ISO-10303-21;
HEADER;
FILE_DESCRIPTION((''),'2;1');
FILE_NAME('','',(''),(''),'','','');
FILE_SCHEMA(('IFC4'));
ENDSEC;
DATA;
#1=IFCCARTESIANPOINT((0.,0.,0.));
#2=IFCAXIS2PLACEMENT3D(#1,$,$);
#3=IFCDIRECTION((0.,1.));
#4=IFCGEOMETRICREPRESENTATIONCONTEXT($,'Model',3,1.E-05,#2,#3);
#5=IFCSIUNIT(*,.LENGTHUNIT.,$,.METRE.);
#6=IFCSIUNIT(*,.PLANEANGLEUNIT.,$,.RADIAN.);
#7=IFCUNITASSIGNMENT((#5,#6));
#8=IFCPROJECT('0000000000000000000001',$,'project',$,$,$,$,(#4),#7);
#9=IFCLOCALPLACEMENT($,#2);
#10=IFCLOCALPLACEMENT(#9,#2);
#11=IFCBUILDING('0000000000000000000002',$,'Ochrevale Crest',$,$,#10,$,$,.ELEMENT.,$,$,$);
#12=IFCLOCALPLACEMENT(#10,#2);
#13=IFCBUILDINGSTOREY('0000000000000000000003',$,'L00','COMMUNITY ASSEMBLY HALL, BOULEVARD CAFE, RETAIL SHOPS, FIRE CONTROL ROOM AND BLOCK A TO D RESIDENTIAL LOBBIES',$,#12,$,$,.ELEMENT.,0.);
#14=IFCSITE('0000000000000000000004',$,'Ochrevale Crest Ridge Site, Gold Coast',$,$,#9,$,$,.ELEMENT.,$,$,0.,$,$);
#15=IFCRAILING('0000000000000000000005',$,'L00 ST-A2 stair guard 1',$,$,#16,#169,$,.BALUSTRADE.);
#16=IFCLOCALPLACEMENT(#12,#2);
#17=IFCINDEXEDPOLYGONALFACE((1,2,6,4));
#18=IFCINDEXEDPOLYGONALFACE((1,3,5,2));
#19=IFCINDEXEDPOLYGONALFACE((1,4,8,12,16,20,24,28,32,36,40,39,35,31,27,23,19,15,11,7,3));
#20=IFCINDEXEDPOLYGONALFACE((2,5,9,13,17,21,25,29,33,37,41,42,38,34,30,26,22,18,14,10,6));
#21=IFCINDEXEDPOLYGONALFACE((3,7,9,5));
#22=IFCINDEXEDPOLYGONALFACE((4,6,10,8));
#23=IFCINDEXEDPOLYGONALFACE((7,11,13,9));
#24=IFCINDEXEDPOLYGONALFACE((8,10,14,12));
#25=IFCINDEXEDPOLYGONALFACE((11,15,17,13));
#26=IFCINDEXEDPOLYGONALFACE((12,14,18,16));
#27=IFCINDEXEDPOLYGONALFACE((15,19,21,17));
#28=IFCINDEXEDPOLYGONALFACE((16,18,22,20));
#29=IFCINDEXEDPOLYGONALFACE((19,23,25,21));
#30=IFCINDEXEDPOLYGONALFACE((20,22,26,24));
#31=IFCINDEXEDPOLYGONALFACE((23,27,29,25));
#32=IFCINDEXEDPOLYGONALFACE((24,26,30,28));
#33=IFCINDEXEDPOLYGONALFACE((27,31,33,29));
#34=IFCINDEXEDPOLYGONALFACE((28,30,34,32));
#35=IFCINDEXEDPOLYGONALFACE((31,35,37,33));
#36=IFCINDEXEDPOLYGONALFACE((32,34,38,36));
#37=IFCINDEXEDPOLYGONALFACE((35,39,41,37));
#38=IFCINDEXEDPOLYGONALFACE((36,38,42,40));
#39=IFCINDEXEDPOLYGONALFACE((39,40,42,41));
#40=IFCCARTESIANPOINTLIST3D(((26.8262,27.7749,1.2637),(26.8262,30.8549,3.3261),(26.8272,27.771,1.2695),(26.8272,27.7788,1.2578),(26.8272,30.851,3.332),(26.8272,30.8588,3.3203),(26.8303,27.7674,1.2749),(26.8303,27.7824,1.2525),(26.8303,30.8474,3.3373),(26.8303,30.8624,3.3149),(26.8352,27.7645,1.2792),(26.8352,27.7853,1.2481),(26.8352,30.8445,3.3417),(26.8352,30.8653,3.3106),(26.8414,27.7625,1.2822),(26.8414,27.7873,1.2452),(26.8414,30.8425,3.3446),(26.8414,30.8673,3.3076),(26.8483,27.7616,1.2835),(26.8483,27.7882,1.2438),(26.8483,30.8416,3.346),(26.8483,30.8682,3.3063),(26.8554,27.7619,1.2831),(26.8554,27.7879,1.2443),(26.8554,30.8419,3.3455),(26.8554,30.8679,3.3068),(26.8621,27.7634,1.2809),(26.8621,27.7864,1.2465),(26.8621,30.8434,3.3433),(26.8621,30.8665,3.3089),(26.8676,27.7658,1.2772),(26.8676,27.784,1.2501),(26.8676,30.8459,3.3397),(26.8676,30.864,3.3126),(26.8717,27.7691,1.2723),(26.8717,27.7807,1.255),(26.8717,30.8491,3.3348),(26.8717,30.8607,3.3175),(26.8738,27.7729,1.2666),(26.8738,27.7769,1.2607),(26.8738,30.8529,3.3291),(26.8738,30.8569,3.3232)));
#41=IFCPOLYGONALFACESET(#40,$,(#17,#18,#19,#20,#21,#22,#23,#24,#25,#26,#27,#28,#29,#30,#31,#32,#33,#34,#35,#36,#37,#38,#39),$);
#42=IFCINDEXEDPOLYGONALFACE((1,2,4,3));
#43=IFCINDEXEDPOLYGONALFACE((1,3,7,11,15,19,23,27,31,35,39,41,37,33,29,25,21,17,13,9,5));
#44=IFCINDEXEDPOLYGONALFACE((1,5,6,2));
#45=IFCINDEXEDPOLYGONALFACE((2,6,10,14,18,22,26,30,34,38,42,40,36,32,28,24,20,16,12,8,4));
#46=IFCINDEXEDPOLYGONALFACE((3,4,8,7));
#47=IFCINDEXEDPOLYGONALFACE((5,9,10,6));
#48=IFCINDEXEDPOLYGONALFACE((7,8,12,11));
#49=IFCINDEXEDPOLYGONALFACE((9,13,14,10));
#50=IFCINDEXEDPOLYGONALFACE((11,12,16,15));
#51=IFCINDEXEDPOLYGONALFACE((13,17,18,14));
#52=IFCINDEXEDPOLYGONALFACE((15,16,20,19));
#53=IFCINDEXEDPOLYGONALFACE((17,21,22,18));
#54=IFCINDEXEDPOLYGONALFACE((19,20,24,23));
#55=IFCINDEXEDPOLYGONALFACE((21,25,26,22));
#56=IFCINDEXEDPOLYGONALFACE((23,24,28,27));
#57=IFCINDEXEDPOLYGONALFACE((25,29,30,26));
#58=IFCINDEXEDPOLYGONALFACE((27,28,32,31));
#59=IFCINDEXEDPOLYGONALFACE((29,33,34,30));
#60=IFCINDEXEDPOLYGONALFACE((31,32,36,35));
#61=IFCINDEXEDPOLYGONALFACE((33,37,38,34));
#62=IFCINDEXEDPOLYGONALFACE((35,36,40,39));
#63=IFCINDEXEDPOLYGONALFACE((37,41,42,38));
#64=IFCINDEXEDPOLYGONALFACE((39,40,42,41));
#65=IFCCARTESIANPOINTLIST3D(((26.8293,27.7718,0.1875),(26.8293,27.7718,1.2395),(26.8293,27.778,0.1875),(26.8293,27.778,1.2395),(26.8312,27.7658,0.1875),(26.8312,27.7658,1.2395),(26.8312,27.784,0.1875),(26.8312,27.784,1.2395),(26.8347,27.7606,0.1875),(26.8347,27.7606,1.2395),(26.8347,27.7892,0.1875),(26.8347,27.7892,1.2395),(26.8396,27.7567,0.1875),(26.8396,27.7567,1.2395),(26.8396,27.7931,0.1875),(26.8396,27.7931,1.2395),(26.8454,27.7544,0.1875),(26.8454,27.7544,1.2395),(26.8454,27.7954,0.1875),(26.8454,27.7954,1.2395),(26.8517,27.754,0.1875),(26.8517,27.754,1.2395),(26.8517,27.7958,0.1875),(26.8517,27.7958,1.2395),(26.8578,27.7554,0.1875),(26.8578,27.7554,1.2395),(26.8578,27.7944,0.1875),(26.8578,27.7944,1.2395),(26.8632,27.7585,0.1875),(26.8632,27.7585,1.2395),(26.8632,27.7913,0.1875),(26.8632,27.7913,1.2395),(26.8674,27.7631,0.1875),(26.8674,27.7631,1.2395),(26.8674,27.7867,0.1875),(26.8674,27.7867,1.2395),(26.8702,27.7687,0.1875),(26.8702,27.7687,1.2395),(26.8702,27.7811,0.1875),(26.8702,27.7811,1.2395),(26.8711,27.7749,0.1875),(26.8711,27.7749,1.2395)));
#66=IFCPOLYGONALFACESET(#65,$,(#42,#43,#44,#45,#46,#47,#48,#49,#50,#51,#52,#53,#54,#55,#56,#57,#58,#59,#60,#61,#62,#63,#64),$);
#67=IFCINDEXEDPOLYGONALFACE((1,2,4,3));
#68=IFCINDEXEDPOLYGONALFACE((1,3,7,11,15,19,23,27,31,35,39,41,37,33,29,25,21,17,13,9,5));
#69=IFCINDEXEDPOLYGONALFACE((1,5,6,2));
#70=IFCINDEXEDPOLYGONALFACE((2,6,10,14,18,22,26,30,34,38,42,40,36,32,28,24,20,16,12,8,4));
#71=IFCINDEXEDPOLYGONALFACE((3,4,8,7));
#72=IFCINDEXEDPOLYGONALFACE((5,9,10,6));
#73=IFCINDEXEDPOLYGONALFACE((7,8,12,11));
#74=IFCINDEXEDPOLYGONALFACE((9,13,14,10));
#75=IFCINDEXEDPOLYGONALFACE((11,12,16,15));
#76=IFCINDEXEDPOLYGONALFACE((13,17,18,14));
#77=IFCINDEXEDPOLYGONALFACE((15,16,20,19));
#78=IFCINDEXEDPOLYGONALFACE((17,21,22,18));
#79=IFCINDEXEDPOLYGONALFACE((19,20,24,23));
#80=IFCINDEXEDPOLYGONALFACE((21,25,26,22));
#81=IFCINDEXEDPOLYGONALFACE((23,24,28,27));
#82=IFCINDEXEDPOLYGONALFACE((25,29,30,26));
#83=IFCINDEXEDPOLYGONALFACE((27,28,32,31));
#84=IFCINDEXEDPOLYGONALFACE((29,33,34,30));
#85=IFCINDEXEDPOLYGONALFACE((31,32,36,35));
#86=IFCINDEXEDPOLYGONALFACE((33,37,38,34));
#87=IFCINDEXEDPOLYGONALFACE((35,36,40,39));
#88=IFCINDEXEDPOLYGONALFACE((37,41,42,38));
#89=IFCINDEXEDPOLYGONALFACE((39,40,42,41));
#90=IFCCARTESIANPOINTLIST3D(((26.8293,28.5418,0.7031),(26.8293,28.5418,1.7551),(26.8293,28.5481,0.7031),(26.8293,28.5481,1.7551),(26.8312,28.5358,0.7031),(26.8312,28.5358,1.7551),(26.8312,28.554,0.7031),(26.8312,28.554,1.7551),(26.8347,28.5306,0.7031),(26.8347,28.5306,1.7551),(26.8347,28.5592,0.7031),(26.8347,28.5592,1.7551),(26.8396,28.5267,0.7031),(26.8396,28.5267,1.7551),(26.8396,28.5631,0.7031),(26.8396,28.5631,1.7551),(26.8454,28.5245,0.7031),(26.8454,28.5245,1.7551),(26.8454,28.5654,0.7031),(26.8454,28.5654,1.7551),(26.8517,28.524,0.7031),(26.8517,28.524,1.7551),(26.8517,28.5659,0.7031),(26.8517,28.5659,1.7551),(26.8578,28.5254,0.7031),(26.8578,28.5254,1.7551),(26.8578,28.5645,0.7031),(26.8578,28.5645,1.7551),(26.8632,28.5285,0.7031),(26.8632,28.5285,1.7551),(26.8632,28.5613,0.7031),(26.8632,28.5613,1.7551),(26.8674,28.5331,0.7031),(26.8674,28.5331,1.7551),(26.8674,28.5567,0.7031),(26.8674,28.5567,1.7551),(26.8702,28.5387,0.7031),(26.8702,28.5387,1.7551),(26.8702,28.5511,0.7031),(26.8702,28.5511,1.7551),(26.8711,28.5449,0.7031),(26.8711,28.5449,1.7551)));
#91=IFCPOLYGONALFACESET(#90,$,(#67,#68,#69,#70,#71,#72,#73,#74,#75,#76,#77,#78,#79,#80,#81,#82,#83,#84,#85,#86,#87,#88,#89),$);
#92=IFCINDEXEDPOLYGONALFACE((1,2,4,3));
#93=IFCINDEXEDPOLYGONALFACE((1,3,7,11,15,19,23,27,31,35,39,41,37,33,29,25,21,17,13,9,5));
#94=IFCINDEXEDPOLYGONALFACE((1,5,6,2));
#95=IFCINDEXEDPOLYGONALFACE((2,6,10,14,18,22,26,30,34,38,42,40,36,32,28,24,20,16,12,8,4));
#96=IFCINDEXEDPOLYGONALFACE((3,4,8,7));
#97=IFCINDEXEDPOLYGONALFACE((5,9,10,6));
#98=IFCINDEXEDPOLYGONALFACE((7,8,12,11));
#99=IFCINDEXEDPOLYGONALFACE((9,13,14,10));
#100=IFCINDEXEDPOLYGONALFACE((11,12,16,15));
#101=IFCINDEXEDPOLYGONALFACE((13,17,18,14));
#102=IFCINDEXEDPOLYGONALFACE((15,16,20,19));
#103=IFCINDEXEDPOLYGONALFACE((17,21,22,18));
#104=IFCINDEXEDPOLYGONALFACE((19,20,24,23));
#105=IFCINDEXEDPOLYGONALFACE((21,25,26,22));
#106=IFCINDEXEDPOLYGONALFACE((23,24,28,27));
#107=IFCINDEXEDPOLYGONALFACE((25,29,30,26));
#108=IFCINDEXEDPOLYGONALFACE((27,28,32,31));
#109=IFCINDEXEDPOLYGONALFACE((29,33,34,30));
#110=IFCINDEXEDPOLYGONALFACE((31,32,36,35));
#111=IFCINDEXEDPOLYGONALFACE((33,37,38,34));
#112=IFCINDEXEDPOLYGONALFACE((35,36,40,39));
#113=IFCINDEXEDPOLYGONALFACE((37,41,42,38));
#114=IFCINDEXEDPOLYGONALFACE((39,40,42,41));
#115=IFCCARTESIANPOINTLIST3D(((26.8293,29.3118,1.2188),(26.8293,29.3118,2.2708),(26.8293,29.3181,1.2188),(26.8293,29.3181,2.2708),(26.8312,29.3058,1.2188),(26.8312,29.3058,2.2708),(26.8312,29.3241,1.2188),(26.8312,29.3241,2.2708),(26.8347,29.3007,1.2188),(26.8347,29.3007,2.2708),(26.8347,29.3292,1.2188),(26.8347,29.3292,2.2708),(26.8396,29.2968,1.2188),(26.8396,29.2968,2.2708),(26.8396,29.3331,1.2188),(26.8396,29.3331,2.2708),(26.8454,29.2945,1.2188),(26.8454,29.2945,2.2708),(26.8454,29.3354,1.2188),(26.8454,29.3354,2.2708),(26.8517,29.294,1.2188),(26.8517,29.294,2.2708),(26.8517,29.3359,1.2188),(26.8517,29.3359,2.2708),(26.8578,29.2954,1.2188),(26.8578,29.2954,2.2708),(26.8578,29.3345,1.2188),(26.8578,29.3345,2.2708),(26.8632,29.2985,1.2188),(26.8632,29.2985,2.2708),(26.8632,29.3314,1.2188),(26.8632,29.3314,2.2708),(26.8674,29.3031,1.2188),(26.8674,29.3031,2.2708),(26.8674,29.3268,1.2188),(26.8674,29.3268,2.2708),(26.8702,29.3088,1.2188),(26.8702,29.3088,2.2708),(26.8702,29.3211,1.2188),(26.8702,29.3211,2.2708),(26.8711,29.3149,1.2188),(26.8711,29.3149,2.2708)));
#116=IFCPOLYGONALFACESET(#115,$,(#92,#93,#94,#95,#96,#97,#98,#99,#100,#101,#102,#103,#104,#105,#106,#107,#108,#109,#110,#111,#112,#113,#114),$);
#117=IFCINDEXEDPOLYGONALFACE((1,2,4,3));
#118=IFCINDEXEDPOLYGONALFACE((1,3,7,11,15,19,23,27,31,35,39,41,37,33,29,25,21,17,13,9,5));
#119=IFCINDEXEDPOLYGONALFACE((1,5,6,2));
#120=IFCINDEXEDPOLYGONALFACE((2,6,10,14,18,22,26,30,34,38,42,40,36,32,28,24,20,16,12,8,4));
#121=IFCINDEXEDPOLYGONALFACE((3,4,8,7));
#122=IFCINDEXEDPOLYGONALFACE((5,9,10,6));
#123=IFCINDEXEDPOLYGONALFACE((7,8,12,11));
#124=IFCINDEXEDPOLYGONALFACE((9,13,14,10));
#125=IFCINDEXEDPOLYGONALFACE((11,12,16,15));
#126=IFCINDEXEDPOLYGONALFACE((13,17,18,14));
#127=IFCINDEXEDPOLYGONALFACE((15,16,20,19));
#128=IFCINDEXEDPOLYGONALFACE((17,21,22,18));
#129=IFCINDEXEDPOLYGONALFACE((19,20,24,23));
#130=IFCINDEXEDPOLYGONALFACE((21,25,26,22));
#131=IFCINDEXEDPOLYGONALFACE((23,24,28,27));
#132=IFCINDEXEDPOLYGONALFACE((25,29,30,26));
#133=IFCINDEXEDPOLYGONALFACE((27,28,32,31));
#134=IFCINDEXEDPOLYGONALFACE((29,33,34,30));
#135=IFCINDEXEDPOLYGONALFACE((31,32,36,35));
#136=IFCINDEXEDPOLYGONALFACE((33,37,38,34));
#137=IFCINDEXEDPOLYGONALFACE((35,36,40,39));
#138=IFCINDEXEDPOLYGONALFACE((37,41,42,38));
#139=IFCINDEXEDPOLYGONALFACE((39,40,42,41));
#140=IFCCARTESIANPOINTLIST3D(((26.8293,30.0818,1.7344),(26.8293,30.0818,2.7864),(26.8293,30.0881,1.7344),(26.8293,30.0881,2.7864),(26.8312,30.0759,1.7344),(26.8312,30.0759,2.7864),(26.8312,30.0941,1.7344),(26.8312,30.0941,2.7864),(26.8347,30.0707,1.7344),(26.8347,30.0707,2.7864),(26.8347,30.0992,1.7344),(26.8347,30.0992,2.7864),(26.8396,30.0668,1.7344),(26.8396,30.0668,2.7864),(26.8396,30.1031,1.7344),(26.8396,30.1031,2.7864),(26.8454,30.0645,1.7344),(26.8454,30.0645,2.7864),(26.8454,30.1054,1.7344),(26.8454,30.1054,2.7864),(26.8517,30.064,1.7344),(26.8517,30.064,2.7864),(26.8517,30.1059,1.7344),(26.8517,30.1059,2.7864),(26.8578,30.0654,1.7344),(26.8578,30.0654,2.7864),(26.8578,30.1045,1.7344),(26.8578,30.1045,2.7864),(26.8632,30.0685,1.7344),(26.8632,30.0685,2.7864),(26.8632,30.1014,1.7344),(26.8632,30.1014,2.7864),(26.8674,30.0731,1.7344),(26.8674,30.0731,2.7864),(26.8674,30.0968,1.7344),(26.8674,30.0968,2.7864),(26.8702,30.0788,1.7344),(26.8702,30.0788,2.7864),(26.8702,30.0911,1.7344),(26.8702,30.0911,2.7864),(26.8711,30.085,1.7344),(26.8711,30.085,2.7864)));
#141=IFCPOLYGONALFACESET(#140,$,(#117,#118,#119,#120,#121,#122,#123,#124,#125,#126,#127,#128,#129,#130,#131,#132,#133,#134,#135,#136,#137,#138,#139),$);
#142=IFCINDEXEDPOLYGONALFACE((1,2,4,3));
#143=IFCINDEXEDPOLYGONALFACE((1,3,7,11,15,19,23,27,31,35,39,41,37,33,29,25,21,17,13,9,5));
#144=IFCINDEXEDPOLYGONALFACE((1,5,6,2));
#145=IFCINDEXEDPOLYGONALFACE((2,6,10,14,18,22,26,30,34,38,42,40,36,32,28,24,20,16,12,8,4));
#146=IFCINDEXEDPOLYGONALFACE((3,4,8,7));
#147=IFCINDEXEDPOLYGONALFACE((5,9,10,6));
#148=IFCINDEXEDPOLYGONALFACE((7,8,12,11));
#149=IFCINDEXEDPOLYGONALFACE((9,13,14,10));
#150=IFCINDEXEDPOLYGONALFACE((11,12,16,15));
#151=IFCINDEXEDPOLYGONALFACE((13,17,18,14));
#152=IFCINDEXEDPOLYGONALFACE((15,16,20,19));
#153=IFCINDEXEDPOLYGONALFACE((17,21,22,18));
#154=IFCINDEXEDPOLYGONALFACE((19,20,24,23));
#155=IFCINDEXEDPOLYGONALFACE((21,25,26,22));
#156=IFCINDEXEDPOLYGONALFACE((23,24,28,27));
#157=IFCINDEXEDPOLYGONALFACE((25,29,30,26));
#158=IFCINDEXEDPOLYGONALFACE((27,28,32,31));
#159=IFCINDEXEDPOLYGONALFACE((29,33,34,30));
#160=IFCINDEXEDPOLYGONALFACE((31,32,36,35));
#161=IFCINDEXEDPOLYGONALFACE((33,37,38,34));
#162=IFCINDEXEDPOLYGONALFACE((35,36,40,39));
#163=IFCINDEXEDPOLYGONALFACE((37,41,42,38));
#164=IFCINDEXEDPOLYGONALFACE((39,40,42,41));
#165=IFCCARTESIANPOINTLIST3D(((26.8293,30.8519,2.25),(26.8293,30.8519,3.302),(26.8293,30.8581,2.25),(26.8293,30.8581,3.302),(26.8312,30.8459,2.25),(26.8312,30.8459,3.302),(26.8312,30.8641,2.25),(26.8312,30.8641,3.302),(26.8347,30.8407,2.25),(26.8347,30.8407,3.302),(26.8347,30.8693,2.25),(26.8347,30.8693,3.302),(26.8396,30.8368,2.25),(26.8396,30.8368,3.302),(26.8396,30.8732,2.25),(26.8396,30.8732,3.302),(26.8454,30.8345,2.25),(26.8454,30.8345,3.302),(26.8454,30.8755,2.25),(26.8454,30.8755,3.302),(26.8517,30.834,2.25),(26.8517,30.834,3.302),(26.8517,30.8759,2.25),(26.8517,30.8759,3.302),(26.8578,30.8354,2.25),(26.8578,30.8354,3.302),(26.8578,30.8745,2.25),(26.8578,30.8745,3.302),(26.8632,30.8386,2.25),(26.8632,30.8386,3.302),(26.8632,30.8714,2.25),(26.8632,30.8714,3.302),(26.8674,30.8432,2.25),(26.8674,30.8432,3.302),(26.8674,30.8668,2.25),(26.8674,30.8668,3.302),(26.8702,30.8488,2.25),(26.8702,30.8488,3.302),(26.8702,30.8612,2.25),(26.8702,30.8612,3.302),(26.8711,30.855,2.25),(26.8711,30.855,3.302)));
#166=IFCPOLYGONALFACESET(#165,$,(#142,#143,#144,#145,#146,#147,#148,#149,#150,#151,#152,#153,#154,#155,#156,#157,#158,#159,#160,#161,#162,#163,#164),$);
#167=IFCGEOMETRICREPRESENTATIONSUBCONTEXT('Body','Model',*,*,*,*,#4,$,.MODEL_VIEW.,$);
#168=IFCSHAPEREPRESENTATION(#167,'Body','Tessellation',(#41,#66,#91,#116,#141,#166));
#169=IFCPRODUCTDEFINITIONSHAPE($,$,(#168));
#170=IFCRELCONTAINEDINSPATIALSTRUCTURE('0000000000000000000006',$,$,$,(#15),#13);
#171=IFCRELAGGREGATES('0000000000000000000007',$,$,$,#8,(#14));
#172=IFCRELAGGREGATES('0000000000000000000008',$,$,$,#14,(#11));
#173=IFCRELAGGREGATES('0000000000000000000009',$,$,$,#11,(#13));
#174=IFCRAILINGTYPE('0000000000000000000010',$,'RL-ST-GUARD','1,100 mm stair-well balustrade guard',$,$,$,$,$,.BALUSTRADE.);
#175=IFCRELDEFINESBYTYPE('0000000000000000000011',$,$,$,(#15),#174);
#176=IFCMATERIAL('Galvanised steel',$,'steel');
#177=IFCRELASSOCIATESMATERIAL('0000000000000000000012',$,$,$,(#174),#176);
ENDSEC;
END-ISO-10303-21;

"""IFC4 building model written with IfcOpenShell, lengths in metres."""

from ifc_helpers import new_model, si_unit, direction, frame, origin, origin_2d, place, context, subcontext, project, spatial, circle, extrude, material, type_object, element, save


model = new_model("IFC4")

# Units and contexts
model_context = context("Model", 3, precision=1e-05, world=origin(), true_north=direction((0.0, 1.0)))
body_context = subcontext(model_context, "Body", "Model", "MODEL_VIEW")
ifc_project = project(units=[si_unit("LENGTHUNIT", "METRE"), si_unit("PLANEANGLEUNIT", "RADIAN")], contexts=[model_context])

# Site, building, storey
site_placement = place(None, origin())
site = spatial("IfcSite", under=ifc_project, at=site_placement, Name="Ochrevale Crest Ridge Site, Gold Coast", CompositionType="ELEMENT", RefElevation=0.0)
building_placement = place(site_placement, origin())
building = spatial("IfcBuilding", under=site, at=building_placement, Name="Ochrevale Crest", CompositionType="ELEMENT")
storey_placement = place(building_placement, origin())
storey = spatial("IfcBuildingStorey", under=building, at=storey_placement, Name="L00", Description="COMMUNITY ASSEMBLY HALL, BOULEVARD CAFE, RETAIL SHOPS, FIRE CONTROL ROOM AND BLOCK A TO D RESIDENTIAL LOBBIES", CompositionType="ELEMENT", Elevation=0.0)

# Railing
ifc_material_1 = material(Name="Galvanised steel", Category="steel")
railing_type_1 = type_object("IfcRailingType", Name="RL-ST-GUARD", Description="1,100 mm stair-well balustrade guard", PredefinedType="BALUSTRADE", material=ifc_material_1)
railing_1_placement = place(storey_placement, frame((26.8501, 27.7749, 0.1875)))
element("IfcRailing", 1, at=railing_1_placement, inside=storey, type_object=railing_type_1, Name="L00 ST-A2 stair guard 1", PredefinedType="BALUSTRADE", context=body_context, shape_type="SweptSolid", body=[
    extrude(circle(Radius=0.0239, at=origin_2d()), frame((0.0, 0.0, 1.0762), z_axis=(0.0, 0.830914, 0.556401), x_axis=(-1.0, 0.0, 0.0)), (0.0, 0.0, 1.0), 3.7068),
    extrude(circle(Radius=0.021, at=origin_2d()), origin(), (0.0, 0.0, 1.0), 1.052),
    extrude(circle(Radius=0.021, at=origin_2d()), frame((0.0, 0.77, 0.5156)), (0.0, 0.0, 1.0), 1.052),
    extrude(circle(Radius=0.021, at=origin_2d()), frame((0.0, 1.54, 1.0312)), (0.0, 0.0, 1.0), 1.052),
    extrude(circle(Radius=0.021, at=origin_2d()), frame((0.0, 2.3101, 1.5469)), (0.0, 0.0, 1.0), 1.052),
    extrude(circle(Radius=0.021, at=origin_2d()), frame((0.0, 3.0801, 2.0625)), (0.0, 0.0, 1.0), 1.052),
])

save(model, "model.ifc")
